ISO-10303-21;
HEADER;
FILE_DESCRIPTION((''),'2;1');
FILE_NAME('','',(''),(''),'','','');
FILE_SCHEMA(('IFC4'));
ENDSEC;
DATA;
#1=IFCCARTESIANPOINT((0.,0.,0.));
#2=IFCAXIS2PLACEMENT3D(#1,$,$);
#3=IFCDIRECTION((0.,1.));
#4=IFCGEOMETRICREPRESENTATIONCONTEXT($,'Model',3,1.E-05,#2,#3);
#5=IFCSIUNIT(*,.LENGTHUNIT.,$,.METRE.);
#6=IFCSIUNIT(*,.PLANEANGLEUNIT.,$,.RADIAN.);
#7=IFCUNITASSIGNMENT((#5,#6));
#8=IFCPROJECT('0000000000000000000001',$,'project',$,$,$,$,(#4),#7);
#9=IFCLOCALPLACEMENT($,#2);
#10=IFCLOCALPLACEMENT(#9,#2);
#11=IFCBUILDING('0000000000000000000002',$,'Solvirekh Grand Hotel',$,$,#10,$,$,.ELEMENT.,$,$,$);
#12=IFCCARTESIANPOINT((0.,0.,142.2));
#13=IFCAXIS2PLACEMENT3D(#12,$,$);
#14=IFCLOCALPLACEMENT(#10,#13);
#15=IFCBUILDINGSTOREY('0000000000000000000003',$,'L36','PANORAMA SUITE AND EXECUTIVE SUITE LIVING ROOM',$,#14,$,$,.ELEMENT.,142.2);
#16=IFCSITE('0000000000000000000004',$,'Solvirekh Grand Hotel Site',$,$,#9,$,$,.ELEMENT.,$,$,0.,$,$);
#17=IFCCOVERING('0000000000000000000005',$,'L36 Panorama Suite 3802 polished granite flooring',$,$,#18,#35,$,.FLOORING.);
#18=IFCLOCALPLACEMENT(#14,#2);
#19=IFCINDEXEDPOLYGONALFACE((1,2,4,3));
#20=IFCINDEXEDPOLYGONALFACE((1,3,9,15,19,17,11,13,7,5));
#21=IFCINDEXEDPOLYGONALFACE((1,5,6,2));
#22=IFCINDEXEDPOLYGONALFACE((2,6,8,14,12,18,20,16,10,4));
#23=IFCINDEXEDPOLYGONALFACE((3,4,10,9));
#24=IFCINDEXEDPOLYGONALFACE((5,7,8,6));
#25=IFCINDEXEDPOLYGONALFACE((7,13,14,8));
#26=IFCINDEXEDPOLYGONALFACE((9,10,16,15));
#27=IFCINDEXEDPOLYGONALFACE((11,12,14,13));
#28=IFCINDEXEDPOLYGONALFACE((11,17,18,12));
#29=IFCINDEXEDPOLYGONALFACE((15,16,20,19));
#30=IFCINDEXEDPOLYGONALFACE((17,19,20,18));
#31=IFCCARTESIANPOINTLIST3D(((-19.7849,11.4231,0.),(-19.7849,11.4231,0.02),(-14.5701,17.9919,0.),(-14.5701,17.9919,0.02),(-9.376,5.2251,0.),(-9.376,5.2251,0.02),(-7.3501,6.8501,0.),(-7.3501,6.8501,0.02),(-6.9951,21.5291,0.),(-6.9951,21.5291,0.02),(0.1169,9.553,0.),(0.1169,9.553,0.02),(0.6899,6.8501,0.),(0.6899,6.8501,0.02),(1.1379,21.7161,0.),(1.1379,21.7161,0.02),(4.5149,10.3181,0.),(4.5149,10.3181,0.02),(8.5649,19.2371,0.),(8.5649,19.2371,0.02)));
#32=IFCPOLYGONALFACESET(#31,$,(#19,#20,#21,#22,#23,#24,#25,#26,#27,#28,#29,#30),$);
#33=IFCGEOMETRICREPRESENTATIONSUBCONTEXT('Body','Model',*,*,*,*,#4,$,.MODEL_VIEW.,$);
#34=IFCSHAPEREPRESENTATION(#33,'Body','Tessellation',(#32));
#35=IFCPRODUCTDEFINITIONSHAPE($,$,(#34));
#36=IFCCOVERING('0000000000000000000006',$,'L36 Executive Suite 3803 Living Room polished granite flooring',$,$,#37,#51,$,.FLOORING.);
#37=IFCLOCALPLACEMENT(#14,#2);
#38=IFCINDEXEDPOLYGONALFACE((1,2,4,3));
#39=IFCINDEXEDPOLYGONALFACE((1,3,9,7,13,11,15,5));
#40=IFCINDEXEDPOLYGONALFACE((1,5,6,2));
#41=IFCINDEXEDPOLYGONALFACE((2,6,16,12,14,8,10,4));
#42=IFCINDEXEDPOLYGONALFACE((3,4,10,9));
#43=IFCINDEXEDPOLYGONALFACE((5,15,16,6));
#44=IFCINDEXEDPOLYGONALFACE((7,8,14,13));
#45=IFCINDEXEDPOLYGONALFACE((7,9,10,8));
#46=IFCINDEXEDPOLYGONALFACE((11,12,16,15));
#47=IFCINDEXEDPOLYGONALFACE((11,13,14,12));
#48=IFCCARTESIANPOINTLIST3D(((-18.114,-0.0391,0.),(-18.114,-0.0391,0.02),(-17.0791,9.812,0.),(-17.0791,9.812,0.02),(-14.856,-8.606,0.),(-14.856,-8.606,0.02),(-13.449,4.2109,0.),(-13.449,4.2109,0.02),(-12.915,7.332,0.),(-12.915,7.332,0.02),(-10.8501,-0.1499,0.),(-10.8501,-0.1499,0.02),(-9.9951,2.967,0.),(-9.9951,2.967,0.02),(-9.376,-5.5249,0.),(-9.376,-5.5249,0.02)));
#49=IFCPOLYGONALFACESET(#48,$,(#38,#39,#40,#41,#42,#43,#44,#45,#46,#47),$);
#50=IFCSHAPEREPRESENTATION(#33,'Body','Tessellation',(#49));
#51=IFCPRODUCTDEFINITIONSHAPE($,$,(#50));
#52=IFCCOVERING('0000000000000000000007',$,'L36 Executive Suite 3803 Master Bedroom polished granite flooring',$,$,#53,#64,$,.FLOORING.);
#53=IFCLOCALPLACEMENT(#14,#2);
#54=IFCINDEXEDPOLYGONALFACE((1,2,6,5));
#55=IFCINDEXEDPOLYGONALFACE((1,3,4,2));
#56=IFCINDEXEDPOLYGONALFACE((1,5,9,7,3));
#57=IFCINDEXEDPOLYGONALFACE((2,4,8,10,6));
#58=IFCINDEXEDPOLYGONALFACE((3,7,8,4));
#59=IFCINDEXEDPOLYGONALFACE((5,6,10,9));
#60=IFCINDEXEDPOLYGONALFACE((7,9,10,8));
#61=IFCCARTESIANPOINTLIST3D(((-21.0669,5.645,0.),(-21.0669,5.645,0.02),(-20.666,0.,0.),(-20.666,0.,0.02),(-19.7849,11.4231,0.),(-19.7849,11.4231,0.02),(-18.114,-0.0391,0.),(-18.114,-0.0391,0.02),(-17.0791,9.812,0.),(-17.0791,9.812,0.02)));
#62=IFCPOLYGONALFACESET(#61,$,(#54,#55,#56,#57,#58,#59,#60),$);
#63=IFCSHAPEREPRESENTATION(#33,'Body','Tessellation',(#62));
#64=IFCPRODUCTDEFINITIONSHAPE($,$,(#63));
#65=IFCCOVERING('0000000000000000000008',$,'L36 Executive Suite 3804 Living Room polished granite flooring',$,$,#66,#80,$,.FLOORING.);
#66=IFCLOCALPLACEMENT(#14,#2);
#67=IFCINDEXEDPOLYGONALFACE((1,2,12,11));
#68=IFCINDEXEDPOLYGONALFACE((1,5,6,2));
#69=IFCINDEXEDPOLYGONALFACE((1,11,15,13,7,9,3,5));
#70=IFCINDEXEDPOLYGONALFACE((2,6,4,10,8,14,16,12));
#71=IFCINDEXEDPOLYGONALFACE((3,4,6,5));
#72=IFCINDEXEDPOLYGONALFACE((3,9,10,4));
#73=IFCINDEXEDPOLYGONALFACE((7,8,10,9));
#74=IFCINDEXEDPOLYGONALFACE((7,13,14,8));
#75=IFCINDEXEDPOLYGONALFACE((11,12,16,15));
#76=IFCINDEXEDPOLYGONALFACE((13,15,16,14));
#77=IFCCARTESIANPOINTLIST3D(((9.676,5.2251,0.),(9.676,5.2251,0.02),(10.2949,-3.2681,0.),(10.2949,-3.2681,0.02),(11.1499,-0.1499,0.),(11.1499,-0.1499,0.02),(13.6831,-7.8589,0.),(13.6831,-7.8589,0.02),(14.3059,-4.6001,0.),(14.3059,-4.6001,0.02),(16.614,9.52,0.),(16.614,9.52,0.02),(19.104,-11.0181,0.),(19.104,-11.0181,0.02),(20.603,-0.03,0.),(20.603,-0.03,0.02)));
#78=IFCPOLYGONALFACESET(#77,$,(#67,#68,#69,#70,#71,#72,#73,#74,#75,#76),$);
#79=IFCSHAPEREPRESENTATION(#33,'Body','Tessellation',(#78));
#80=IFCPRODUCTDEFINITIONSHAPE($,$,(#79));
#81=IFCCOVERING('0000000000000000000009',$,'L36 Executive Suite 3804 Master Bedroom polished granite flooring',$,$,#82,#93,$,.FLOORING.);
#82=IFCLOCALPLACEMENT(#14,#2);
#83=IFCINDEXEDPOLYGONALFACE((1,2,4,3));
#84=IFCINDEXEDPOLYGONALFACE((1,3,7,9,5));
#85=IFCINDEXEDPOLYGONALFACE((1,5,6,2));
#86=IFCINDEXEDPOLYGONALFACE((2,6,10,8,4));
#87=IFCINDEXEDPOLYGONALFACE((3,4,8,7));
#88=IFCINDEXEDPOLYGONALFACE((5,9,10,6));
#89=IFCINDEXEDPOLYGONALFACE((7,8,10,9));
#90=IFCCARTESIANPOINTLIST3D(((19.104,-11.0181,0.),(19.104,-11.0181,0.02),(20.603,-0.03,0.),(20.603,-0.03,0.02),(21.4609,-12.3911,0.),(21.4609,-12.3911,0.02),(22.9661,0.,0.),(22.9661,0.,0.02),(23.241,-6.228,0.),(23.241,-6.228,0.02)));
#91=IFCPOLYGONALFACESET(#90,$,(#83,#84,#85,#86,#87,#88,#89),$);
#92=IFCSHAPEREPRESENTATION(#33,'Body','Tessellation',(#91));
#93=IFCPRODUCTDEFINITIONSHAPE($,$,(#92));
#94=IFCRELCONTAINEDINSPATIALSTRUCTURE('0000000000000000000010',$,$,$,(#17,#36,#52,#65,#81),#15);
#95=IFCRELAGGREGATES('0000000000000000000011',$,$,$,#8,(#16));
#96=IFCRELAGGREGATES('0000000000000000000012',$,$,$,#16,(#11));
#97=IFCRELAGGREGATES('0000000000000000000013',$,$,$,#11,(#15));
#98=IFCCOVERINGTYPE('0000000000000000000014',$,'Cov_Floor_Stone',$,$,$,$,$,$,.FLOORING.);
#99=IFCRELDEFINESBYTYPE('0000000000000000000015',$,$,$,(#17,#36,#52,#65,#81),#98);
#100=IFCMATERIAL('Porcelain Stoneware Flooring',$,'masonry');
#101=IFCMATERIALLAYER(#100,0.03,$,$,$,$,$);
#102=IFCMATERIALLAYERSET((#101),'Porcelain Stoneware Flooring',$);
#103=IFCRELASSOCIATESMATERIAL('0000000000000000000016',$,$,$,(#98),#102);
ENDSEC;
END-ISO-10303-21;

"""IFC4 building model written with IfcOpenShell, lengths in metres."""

from ifc_helpers import new_model, si_unit, direction, frame, origin, place, context, subcontext, project, spatial, polyline, outline, extrude, material, layer, layer_set, type_object, element, save


model = new_model("IFC4")

# Units and contexts
model_context = context("Model", 3, precision=1e-05, world=origin(), true_north=direction((0.0, 1.0)))
body_context = subcontext(model_context, "Body", "Model", "MODEL_VIEW")
ifc_project = project(units=[si_unit("LENGTHUNIT", "METRE"), si_unit("PLANEANGLEUNIT", "RADIAN")], contexts=[model_context])

# Site, building, storey
site_placement = place(None, origin())
site = spatial("IfcSite", under=ifc_project, at=site_placement, Name="Solvirekh Grand Hotel Site", CompositionType="ELEMENT", RefElevation=0.0)
building_placement = place(site_placement, origin())
building = spatial("IfcBuilding", under=site, at=building_placement, Name="Solvirekh Grand Hotel", CompositionType="ELEMENT")
storey_placement = place(building_placement, frame((0.0, 0.0, 142.2)))
storey = spatial("IfcBuildingStorey", under=building, at=storey_placement, Name="L36", Description="PANORAMA SUITE AND EXECUTIVE SUITE LIVING ROOM", CompositionType="ELEMENT", Elevation=142.2)

# Coverings
ifc_material_1 = material(Name="Porcelain Stoneware Flooring", Category="masonry")
ifc_layer_1 = layer(ifc_material_1, 0.03)
ifc_layer_set_1 = layer_set([ifc_layer_1], Name="Porcelain Stoneware Flooring")
covering_type_1 = type_object("IfcCoveringType", Name="Cov_Floor_Stone", PredefinedType="FLOORING", material=ifc_layer_set_1)
covering_1_placement = place(storey_placement, origin())
element("IfcCovering", 1, at=covering_1_placement, inside=storey, type_object=covering_type_1, Name="L36 Panorama Suite 3802 polished granite flooring", PredefinedType="FLOORING", context=body_context, shape_type="SweptSolid", body=[
    extrude(outline(polyline([(0.6899, 6.8501), (0.1169, 9.553), (4.5149, 10.3181), (8.5649, 19.2371), (1.1379, 21.7161), (-6.9951, 21.5291), (-14.5701, 17.9919), (-19.7849, 11.4231), (-9.376, 5.2251), (-7.3501, 6.8501), (0.6899, 6.8501)])), origin(), (0.0, 0.0, 1.0), 0.02),
])
covering_2_placement = place(storey_placement, origin())
element("IfcCovering", 2, at=covering_2_placement, inside=storey, type_object=covering_type_1, Name="L36 Executive Suite 3803 Living Room polished granite flooring", PredefinedType="FLOORING", context=body_context, shape_type="SweptSolid", body=[
    extrude(outline(polyline([(-13.449, 4.2109), (-12.915, 7.332), (-17.0791, 9.812), (-18.114, -0.0391), (-14.856, -8.606), (-9.376, -5.5249), (-10.8501, -0.1499), (-9.9951, 2.967), (-13.449, 4.2109)])), origin(), (0.0, 0.0, 1.0), 0.02),
])
covering_3_placement = place(storey_placement, origin())
element("IfcCovering", 3, at=covering_3_placement, inside=storey, type_object=covering_type_1, Name="L36 Executive Suite 3803 Master Bedroom polished granite flooring", PredefinedType="FLOORING", context=body_context, shape_type="SweptSolid", body=[
    extrude(outline(polyline([(-19.7849, 11.4231), (-21.0669, 5.645), (-20.666, 0.0), (-18.114, -0.0391), (-17.0791, 9.812), (-19.7849, 11.4231)])), origin(), (0.0, 0.0, 1.0), 0.02),
])
covering_4_placement = place(storey_placement, origin())
element("IfcCovering", 4, at=covering_4_placement, inside=storey, type_object=covering_type_1, Name="L36 Executive Suite 3804 Living Room polished granite flooring", PredefinedType="FLOORING", context=body_context, shape_type="SweptSolid", body=[
    extrude(outline(polyline([(14.3059, -4.6001), (13.6831, -7.8589), (19.104, -11.0181), (20.603, -0.03), (16.614, 9.52), (9.676, 5.2251), (11.1499, -0.1499), (10.2949, -3.2681), (14.3059, -4.6001)])), origin(), (0.0, 0.0, 1.0), 0.02),
])
covering_5_placement = place(storey_placement, origin())
element("IfcCovering", 5, at=covering_5_placement, inside=storey, type_object=covering_type_1, Name="L36 Executive Suite 3804 Master Bedroom polished granite flooring", PredefinedType="FLOORING", context=body_context, shape_type="SweptSolid", body=[
    extrude(outline(polyline([(21.4609, -12.3911), (23.241, -6.228), (22.9661, 0.0), (20.603, -0.03), (19.104, -11.0181), (21.4609, -12.3911)])), origin(), (0.0, 0.0, 1.0), 0.02),
])

save(model, "model.ifc")
